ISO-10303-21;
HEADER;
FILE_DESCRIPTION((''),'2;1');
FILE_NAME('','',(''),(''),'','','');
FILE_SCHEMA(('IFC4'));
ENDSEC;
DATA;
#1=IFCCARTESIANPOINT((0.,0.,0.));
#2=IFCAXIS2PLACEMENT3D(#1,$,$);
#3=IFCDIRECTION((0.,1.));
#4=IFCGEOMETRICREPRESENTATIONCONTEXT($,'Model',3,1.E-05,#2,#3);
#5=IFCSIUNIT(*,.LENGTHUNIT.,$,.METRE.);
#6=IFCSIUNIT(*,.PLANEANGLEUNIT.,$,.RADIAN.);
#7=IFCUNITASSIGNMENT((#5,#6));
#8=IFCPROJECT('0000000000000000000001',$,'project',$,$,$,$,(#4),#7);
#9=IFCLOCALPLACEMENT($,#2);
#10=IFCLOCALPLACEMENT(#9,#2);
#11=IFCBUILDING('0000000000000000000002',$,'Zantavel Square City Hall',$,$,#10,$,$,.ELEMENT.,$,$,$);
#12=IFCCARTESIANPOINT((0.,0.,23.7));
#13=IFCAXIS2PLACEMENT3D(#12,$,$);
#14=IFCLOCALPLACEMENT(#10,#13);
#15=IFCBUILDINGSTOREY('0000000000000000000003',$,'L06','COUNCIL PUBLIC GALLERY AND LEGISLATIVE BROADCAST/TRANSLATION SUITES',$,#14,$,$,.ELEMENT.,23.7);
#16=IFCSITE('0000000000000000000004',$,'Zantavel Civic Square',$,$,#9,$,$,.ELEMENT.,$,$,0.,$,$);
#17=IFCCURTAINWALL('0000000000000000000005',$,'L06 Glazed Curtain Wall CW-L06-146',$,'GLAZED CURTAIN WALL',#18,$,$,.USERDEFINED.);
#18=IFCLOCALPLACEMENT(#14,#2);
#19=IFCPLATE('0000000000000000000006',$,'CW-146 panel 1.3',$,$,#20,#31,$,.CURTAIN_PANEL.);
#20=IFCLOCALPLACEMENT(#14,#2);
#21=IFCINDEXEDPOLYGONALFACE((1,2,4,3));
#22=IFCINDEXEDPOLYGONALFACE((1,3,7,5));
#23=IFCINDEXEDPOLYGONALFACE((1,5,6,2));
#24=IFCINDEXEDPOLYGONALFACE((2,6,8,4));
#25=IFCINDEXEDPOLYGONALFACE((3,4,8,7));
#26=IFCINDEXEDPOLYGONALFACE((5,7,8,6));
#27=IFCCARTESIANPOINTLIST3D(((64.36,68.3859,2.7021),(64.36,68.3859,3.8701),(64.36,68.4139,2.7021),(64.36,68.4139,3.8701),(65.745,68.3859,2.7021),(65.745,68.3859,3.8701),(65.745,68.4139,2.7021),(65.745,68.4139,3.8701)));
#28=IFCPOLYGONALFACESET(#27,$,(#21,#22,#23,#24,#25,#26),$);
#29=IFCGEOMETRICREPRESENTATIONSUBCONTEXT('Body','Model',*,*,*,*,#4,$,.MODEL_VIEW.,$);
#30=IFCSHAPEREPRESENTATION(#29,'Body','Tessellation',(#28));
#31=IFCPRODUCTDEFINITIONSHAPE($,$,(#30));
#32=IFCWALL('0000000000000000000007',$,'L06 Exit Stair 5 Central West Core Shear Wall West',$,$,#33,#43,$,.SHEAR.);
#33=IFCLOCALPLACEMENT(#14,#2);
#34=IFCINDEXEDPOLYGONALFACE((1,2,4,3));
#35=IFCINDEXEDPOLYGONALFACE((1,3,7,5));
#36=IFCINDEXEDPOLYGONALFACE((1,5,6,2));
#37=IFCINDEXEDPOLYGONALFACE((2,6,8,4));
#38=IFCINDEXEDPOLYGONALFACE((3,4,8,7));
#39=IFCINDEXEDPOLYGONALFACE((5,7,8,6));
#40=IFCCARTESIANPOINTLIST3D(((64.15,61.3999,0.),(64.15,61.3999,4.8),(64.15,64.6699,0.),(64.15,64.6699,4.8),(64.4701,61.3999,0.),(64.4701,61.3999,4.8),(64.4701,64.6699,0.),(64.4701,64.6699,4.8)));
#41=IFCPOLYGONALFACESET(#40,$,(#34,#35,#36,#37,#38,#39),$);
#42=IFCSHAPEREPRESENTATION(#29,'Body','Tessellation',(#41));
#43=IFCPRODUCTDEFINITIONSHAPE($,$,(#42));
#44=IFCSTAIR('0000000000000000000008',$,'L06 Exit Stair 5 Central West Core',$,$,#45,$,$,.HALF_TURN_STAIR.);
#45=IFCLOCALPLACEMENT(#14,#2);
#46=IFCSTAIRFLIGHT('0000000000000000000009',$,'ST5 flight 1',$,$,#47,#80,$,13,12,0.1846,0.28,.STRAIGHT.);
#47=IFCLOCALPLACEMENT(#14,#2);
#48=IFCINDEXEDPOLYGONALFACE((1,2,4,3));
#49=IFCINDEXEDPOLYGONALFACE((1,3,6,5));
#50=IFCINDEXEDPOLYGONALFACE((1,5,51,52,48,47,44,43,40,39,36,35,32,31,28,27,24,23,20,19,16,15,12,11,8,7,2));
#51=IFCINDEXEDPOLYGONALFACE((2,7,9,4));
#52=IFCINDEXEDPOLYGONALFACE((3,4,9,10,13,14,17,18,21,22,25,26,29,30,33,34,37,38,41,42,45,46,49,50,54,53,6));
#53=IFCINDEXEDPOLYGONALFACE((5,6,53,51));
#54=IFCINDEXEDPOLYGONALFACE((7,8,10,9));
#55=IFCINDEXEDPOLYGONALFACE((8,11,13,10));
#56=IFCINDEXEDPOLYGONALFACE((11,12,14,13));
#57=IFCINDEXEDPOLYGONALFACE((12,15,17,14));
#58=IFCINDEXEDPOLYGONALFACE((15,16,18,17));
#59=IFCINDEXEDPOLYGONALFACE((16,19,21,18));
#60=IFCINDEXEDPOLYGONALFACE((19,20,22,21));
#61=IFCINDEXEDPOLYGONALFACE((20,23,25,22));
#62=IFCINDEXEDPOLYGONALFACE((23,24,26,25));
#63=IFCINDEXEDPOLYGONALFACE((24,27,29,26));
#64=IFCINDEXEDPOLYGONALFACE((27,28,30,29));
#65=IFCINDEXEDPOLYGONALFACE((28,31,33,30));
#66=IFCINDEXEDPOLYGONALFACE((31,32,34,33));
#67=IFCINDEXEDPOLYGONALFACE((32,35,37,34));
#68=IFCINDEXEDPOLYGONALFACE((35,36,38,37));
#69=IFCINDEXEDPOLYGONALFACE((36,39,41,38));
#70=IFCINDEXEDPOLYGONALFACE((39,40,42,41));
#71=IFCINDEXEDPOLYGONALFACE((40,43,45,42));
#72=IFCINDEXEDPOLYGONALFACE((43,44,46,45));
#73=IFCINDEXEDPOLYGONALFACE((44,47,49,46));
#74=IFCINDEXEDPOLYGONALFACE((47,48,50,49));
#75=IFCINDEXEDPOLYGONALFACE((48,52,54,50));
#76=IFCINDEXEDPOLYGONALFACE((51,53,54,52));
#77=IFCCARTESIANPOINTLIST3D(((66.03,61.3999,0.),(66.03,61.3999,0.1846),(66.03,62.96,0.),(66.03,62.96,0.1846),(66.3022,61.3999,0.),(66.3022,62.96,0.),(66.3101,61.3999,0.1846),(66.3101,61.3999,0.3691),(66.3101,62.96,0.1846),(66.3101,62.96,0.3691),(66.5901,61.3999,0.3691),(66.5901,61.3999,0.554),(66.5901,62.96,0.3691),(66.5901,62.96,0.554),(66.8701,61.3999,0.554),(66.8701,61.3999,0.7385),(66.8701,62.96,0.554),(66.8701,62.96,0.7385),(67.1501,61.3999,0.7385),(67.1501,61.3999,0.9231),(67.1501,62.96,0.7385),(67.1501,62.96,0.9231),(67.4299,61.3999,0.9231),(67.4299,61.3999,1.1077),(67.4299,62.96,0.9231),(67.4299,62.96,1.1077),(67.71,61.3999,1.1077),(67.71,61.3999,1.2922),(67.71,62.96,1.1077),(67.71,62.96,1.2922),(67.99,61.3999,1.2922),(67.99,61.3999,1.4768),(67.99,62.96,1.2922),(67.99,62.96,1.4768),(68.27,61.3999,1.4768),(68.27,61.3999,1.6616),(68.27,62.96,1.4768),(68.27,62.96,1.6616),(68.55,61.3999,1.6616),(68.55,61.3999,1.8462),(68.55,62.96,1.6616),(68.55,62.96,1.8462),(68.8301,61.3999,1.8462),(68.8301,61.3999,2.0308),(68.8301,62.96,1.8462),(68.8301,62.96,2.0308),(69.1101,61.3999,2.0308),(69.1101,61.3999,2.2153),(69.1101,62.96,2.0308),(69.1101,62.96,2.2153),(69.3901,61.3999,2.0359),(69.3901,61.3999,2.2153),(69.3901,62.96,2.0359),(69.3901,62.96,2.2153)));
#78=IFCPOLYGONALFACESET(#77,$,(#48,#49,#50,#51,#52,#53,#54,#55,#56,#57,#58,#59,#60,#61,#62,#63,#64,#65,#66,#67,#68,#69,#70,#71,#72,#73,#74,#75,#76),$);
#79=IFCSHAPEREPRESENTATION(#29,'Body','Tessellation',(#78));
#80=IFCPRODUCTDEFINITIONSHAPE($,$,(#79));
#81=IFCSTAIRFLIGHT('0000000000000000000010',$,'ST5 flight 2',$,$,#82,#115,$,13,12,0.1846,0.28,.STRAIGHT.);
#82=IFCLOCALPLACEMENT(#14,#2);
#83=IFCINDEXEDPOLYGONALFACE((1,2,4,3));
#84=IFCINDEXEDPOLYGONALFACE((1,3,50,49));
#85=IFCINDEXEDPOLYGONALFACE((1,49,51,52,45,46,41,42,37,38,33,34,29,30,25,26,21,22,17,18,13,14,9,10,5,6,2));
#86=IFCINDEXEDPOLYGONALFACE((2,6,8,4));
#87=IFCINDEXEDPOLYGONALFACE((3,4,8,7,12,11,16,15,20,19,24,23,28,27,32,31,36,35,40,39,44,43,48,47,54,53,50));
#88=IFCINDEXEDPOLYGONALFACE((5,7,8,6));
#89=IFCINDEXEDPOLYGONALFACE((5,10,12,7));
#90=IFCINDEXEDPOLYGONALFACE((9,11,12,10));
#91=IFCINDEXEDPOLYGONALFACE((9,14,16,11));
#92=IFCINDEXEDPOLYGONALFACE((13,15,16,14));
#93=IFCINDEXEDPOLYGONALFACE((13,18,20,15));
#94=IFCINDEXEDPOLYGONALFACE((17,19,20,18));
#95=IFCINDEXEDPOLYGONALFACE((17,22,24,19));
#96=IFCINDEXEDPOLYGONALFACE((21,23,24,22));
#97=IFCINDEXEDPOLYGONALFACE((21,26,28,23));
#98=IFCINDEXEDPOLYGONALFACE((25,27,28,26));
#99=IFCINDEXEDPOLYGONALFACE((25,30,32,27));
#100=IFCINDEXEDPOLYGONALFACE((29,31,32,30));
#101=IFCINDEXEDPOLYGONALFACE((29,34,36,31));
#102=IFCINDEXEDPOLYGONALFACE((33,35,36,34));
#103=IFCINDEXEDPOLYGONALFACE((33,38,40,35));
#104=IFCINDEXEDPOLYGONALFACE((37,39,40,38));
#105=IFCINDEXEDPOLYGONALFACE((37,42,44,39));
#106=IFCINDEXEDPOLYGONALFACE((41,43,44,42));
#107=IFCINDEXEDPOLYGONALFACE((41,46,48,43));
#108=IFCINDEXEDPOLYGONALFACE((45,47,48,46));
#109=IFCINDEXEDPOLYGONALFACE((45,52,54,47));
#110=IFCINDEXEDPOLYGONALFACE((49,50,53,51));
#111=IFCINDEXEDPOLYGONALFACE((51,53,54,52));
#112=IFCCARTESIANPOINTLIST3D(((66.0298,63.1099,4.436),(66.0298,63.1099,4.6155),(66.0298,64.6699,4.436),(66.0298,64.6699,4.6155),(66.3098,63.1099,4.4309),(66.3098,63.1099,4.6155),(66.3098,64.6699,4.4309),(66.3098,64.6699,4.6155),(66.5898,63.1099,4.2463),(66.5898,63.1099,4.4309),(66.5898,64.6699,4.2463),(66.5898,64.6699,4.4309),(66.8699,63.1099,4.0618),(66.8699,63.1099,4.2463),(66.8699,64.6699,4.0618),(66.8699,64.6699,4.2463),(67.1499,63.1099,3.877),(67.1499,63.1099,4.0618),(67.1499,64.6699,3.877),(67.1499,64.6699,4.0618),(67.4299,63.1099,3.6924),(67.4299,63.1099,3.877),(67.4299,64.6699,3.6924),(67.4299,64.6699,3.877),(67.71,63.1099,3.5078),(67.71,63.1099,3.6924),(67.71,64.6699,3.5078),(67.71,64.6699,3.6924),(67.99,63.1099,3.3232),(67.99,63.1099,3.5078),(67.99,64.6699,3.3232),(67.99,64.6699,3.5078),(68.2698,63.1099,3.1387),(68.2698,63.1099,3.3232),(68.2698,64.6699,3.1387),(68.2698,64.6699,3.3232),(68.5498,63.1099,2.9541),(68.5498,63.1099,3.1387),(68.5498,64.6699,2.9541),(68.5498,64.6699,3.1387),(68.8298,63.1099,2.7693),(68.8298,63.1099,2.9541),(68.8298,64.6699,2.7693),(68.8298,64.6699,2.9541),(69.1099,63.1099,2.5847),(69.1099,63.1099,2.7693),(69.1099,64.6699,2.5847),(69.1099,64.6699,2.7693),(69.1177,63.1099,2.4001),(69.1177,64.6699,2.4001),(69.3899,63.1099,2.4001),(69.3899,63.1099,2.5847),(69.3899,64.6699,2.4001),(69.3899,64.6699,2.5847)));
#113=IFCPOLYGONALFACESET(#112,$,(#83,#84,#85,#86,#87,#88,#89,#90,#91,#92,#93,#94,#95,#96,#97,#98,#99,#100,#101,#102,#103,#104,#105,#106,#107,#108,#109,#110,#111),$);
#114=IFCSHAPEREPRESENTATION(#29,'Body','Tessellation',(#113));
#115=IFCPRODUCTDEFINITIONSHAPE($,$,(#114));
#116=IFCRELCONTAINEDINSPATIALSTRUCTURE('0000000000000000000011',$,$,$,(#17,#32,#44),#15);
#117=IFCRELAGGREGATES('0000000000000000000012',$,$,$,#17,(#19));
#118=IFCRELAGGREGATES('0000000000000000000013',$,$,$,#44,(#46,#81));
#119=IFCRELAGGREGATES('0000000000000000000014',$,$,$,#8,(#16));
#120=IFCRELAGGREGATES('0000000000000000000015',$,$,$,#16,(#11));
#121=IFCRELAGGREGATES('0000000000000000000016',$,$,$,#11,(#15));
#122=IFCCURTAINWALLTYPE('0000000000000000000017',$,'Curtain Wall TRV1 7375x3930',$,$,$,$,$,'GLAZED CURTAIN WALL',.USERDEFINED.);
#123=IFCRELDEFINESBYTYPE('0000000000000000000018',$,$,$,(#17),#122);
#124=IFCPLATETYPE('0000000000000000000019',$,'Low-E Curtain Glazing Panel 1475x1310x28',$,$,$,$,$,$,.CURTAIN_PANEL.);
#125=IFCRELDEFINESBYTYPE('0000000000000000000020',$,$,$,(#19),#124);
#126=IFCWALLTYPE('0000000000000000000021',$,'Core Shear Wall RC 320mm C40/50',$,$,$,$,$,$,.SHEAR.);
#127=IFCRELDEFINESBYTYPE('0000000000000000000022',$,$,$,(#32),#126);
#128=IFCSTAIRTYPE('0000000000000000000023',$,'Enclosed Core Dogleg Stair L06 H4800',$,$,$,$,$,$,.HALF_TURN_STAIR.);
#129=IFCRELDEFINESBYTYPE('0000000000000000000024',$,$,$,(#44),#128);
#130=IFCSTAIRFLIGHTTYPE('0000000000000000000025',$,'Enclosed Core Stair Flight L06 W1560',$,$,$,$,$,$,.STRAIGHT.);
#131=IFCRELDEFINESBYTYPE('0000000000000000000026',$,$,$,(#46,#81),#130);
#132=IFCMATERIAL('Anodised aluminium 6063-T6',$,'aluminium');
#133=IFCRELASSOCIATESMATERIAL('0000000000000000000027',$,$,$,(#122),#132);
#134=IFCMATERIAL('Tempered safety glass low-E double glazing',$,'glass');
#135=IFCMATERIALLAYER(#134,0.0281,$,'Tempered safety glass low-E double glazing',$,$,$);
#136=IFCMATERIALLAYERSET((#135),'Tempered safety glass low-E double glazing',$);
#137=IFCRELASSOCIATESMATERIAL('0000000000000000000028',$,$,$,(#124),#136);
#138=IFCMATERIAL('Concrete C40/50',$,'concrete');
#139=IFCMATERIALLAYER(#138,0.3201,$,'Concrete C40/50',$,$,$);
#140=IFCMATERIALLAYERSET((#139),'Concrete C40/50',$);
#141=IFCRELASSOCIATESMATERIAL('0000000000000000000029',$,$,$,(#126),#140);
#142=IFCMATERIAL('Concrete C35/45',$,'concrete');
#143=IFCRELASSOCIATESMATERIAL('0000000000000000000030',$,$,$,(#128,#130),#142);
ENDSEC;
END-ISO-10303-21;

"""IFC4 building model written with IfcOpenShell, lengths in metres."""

from ifc_helpers import new_model, si_unit, direction, frame, frame_2d, origin, origin_2d, place, context, subcontext, project, spatial, polyline, rectangle, outline, extrude, material, layer, layer_set, type_object, element, aggregate, save


model = new_model("IFC4")

# Units and contexts
model_context = context("Model", 3, precision=1e-05, world=origin(), true_north=direction((0.0, 1.0)))
body_context = subcontext(model_context, "Body", "Model", "MODEL_VIEW")
ifc_project = project(units=[si_unit("LENGTHUNIT", "METRE"), si_unit("PLANEANGLEUNIT", "RADIAN")], contexts=[model_context])

# Site, building, storey
site_placement = place(None, origin())
site = spatial("IfcSite", under=ifc_project, at=site_placement, Name="Zantavel Civic Square", CompositionType="ELEMENT", RefElevation=0.0)
building_placement = place(site_placement, origin())
building = spatial("IfcBuilding", under=site, at=building_placement, Name="Zantavel Square City Hall", CompositionType="ELEMENT")
storey_placement = place(building_placement, frame((0.0, 0.0, 23.7)))
storey = spatial("IfcBuildingStorey", under=building, at=storey_placement, Name="L06", Description="COUNCIL PUBLIC GALLERY AND LEGISLATIVE BROADCAST/TRANSLATION SUITES", CompositionType="ELEMENT", Elevation=23.7)

# Curtain wall
ifc_material_1 = material(Name="Anodised aluminium 6063-T6", Category="aluminium")
curtain_wall_type = type_object("IfcCurtainWallType", Name="Curtain Wall TRV1 7375x3930", ElementType="GLAZED CURTAIN WALL", PredefinedType="USERDEFINED", material=ifc_material_1)
curtain_wall_placement = place(storey_placement, origin())
curtain_wall = element("IfcCurtainWall", 1, at=curtain_wall_placement, inside=storey, type_object=curtain_wall_type, Name="L06 Glazed Curtain Wall CW-L06-146", ObjectType="GLAZED CURTAIN WALL", PredefinedType="USERDEFINED")

# Shared definitions
ifc_material_2 = material(Name="Concrete C35/45", Category="concrete")

# Plate
ifc_material_3 = material(Name="Tempered safety glass low-E double glazing", Category="glass")
ifc_layer_1 = layer(ifc_material_3, 0.0281, Name="Tempered safety glass low-E double glazing")
ifc_layer_set_1 = layer_set([ifc_layer_1], Name="Tempered safety glass low-E double glazing")
plate_type = type_object("IfcPlateType", Name="Low-E Curtain Glazing Panel 1475x1310x28", PredefinedType="CURTAIN_PANEL", material=ifc_layer_set_1)
plate_1_placement = place(storey_placement, frame((65.0525, 68.3999, 2.7021), z_axis=(0.0, 0.0, 1.0), x_axis=(1.0, 0.0, 0.0)))
plate_1 = element("IfcPlate", 2, at=plate_1_placement, type_object=plate_type, Name="CW-146 panel 1.3", PredefinedType="CURTAIN_PANEL", context=body_context, shape_type="SweptSolid", body=[
    extrude(rectangle(XDim=1.385, YDim=0.0281, at=origin_2d()), origin(), (0.0, 0.0, 1.0), 1.168),
])
aggregate(curtain_wall, [plate_1])

# Wall
ifc_material_4 = material(Name="Concrete C40/50", Category="concrete")
ifc_layer_2 = layer(ifc_material_4, 0.3201, Name="Concrete C40/50")
ifc_layer_set_2 = layer_set([ifc_layer_2], Name="Concrete C40/50")
wall_type_1 = type_object("IfcWallType", Name="Core Shear Wall RC 320mm C40/50", PredefinedType="SHEAR", material=ifc_layer_set_2)
wall_1_placement = place(storey_placement, frame((64.3101, 61.3999, 0.0), z_axis=(0.0, 0.0, 1.0), x_axis=(0.0, 1.0, 0.0)))
element("IfcWall", 3, at=wall_1_placement, inside=storey, type_object=wall_type_1, Name="L06 Exit Stair 5 Central West Core Shear Wall West", PredefinedType="SHEAR", context=body_context, shape_type="SweptSolid", body=[
    extrude(rectangle(XDim=3.27, YDim=0.3201, at=frame_2d((1.635, 0.0))), origin(), (0.0, 0.0, 1.0), 4.8),
])

# Stair, stair flights
stair_type = type_object("IfcStairType", Name="Enclosed Core Dogleg Stair L06 H4800", PredefinedType="HALF_TURN_STAIR", material=ifc_material_2)
stair_placement = place(storey_placement, origin())
stair = element("IfcStair", 4, at=stair_placement, inside=storey, type_object=stair_type, Name="L06 Exit Stair 5 Central West Core", PredefinedType="HALF_TURN_STAIR")
stair_flight_type = type_object("IfcStairFlightType", Name="Enclosed Core Stair Flight L06 W1560", PredefinedType="STRAIGHT", material=ifc_material_2)
stair_flight_1_placement = place(storey_placement, frame((66.03, 62.1799, 0.0), z_axis=(0.0, 0.0, 1.0), x_axis=(1.0, 0.0, 0.0)))
stair_flight_1 = element("IfcStairFlight", 5, at=stair_flight_1_placement, type_object=stair_flight_type, Name="ST5 flight 1", NumberOfRisers=13, NumberOfTreads=12, PredefinedType="STRAIGHT", RiserHeight=0.1846, TreadLength=0.28, context=body_context, shape_type="SweptSolid", body=[
    extrude(outline(polyline([(0.0, 0.0), (0.0, 0.1846), (0.28, 0.1846), (0.28, 0.3691), (0.5601, 0.3691), (0.5601, 0.554), (0.8401, 0.554), (0.8401, 0.7385), (1.1201, 0.7385), (1.1201, 0.9231), (1.3999, 0.9231), (1.3999, 1.1077), (1.6799, 1.1077), (1.6799, 1.2922), (1.96, 1.2922), (1.96, 1.4768), (2.24, 1.4768), (2.24, 1.6616), (2.52, 1.6616), (2.52, 1.8462), (2.8, 1.8462), (2.8, 2.0308), (3.0801, 2.0308), (3.0801, 2.2153), (3.3601, 2.2153), (3.3601, 2.3999), (3.3601, 2.0359), (0.2722, 0.0), (0.0, 0.0)])), frame((0.0, 0.78, 0.0), z_axis=(0.0, -1.0, 0.0), x_axis=(1.0, 0.0, 0.0)), (0.0, 0.0, 1.0), 1.5601),
])
stair_flight_2_placement = place(storey_placement, frame((69.3899, 63.8899, 2.4001), z_axis=(0.0, 0.0, 1.0), x_axis=(-1.0, 0.0, 0.0)))
stair_flight_2 = element("IfcStairFlight", 6, at=stair_flight_2_placement, type_object=stair_flight_type, Name="ST5 flight 2", NumberOfRisers=13, NumberOfTreads=12, PredefinedType="STRAIGHT", RiserHeight=0.1846, TreadLength=0.28, context=body_context, shape_type="SweptSolid", body=[
    extrude(outline(polyline([(0.0, 0.0), (0.0, 0.1846), (0.28, 0.1846), (0.28, 0.3691), (0.5601, 0.3691), (0.5601, 0.554), (0.8401, 0.554), (0.8401, 0.7385), (1.1201, 0.7385), (1.1201, 0.9231), (1.3999, 0.9231), (1.3999, 1.1077), (1.6799, 1.1077), (1.6799, 1.2922), (1.96, 1.2922), (1.96, 1.4768), (2.24, 1.4768), (2.24, 1.6616), (2.52, 1.6616), (2.52, 1.8462), (2.8, 1.8462), (2.8, 2.0308), (3.0801, 2.0308), (3.0801, 2.2153), (3.3601, 2.2153), (3.3601, 2.3999), (3.3601, 2.0359), (0.2722, 0.0), (0.0, 0.0)])), frame((0.0, 0.78, 0.0), z_axis=(0.0, -1.0, 0.0), x_axis=(1.0, 0.0, 0.0)), (0.0, 0.0, 1.0), 1.5601),
])
aggregate(stair, [stair_flight_1, stair_flight_2])

save(model, "model.ifc")
